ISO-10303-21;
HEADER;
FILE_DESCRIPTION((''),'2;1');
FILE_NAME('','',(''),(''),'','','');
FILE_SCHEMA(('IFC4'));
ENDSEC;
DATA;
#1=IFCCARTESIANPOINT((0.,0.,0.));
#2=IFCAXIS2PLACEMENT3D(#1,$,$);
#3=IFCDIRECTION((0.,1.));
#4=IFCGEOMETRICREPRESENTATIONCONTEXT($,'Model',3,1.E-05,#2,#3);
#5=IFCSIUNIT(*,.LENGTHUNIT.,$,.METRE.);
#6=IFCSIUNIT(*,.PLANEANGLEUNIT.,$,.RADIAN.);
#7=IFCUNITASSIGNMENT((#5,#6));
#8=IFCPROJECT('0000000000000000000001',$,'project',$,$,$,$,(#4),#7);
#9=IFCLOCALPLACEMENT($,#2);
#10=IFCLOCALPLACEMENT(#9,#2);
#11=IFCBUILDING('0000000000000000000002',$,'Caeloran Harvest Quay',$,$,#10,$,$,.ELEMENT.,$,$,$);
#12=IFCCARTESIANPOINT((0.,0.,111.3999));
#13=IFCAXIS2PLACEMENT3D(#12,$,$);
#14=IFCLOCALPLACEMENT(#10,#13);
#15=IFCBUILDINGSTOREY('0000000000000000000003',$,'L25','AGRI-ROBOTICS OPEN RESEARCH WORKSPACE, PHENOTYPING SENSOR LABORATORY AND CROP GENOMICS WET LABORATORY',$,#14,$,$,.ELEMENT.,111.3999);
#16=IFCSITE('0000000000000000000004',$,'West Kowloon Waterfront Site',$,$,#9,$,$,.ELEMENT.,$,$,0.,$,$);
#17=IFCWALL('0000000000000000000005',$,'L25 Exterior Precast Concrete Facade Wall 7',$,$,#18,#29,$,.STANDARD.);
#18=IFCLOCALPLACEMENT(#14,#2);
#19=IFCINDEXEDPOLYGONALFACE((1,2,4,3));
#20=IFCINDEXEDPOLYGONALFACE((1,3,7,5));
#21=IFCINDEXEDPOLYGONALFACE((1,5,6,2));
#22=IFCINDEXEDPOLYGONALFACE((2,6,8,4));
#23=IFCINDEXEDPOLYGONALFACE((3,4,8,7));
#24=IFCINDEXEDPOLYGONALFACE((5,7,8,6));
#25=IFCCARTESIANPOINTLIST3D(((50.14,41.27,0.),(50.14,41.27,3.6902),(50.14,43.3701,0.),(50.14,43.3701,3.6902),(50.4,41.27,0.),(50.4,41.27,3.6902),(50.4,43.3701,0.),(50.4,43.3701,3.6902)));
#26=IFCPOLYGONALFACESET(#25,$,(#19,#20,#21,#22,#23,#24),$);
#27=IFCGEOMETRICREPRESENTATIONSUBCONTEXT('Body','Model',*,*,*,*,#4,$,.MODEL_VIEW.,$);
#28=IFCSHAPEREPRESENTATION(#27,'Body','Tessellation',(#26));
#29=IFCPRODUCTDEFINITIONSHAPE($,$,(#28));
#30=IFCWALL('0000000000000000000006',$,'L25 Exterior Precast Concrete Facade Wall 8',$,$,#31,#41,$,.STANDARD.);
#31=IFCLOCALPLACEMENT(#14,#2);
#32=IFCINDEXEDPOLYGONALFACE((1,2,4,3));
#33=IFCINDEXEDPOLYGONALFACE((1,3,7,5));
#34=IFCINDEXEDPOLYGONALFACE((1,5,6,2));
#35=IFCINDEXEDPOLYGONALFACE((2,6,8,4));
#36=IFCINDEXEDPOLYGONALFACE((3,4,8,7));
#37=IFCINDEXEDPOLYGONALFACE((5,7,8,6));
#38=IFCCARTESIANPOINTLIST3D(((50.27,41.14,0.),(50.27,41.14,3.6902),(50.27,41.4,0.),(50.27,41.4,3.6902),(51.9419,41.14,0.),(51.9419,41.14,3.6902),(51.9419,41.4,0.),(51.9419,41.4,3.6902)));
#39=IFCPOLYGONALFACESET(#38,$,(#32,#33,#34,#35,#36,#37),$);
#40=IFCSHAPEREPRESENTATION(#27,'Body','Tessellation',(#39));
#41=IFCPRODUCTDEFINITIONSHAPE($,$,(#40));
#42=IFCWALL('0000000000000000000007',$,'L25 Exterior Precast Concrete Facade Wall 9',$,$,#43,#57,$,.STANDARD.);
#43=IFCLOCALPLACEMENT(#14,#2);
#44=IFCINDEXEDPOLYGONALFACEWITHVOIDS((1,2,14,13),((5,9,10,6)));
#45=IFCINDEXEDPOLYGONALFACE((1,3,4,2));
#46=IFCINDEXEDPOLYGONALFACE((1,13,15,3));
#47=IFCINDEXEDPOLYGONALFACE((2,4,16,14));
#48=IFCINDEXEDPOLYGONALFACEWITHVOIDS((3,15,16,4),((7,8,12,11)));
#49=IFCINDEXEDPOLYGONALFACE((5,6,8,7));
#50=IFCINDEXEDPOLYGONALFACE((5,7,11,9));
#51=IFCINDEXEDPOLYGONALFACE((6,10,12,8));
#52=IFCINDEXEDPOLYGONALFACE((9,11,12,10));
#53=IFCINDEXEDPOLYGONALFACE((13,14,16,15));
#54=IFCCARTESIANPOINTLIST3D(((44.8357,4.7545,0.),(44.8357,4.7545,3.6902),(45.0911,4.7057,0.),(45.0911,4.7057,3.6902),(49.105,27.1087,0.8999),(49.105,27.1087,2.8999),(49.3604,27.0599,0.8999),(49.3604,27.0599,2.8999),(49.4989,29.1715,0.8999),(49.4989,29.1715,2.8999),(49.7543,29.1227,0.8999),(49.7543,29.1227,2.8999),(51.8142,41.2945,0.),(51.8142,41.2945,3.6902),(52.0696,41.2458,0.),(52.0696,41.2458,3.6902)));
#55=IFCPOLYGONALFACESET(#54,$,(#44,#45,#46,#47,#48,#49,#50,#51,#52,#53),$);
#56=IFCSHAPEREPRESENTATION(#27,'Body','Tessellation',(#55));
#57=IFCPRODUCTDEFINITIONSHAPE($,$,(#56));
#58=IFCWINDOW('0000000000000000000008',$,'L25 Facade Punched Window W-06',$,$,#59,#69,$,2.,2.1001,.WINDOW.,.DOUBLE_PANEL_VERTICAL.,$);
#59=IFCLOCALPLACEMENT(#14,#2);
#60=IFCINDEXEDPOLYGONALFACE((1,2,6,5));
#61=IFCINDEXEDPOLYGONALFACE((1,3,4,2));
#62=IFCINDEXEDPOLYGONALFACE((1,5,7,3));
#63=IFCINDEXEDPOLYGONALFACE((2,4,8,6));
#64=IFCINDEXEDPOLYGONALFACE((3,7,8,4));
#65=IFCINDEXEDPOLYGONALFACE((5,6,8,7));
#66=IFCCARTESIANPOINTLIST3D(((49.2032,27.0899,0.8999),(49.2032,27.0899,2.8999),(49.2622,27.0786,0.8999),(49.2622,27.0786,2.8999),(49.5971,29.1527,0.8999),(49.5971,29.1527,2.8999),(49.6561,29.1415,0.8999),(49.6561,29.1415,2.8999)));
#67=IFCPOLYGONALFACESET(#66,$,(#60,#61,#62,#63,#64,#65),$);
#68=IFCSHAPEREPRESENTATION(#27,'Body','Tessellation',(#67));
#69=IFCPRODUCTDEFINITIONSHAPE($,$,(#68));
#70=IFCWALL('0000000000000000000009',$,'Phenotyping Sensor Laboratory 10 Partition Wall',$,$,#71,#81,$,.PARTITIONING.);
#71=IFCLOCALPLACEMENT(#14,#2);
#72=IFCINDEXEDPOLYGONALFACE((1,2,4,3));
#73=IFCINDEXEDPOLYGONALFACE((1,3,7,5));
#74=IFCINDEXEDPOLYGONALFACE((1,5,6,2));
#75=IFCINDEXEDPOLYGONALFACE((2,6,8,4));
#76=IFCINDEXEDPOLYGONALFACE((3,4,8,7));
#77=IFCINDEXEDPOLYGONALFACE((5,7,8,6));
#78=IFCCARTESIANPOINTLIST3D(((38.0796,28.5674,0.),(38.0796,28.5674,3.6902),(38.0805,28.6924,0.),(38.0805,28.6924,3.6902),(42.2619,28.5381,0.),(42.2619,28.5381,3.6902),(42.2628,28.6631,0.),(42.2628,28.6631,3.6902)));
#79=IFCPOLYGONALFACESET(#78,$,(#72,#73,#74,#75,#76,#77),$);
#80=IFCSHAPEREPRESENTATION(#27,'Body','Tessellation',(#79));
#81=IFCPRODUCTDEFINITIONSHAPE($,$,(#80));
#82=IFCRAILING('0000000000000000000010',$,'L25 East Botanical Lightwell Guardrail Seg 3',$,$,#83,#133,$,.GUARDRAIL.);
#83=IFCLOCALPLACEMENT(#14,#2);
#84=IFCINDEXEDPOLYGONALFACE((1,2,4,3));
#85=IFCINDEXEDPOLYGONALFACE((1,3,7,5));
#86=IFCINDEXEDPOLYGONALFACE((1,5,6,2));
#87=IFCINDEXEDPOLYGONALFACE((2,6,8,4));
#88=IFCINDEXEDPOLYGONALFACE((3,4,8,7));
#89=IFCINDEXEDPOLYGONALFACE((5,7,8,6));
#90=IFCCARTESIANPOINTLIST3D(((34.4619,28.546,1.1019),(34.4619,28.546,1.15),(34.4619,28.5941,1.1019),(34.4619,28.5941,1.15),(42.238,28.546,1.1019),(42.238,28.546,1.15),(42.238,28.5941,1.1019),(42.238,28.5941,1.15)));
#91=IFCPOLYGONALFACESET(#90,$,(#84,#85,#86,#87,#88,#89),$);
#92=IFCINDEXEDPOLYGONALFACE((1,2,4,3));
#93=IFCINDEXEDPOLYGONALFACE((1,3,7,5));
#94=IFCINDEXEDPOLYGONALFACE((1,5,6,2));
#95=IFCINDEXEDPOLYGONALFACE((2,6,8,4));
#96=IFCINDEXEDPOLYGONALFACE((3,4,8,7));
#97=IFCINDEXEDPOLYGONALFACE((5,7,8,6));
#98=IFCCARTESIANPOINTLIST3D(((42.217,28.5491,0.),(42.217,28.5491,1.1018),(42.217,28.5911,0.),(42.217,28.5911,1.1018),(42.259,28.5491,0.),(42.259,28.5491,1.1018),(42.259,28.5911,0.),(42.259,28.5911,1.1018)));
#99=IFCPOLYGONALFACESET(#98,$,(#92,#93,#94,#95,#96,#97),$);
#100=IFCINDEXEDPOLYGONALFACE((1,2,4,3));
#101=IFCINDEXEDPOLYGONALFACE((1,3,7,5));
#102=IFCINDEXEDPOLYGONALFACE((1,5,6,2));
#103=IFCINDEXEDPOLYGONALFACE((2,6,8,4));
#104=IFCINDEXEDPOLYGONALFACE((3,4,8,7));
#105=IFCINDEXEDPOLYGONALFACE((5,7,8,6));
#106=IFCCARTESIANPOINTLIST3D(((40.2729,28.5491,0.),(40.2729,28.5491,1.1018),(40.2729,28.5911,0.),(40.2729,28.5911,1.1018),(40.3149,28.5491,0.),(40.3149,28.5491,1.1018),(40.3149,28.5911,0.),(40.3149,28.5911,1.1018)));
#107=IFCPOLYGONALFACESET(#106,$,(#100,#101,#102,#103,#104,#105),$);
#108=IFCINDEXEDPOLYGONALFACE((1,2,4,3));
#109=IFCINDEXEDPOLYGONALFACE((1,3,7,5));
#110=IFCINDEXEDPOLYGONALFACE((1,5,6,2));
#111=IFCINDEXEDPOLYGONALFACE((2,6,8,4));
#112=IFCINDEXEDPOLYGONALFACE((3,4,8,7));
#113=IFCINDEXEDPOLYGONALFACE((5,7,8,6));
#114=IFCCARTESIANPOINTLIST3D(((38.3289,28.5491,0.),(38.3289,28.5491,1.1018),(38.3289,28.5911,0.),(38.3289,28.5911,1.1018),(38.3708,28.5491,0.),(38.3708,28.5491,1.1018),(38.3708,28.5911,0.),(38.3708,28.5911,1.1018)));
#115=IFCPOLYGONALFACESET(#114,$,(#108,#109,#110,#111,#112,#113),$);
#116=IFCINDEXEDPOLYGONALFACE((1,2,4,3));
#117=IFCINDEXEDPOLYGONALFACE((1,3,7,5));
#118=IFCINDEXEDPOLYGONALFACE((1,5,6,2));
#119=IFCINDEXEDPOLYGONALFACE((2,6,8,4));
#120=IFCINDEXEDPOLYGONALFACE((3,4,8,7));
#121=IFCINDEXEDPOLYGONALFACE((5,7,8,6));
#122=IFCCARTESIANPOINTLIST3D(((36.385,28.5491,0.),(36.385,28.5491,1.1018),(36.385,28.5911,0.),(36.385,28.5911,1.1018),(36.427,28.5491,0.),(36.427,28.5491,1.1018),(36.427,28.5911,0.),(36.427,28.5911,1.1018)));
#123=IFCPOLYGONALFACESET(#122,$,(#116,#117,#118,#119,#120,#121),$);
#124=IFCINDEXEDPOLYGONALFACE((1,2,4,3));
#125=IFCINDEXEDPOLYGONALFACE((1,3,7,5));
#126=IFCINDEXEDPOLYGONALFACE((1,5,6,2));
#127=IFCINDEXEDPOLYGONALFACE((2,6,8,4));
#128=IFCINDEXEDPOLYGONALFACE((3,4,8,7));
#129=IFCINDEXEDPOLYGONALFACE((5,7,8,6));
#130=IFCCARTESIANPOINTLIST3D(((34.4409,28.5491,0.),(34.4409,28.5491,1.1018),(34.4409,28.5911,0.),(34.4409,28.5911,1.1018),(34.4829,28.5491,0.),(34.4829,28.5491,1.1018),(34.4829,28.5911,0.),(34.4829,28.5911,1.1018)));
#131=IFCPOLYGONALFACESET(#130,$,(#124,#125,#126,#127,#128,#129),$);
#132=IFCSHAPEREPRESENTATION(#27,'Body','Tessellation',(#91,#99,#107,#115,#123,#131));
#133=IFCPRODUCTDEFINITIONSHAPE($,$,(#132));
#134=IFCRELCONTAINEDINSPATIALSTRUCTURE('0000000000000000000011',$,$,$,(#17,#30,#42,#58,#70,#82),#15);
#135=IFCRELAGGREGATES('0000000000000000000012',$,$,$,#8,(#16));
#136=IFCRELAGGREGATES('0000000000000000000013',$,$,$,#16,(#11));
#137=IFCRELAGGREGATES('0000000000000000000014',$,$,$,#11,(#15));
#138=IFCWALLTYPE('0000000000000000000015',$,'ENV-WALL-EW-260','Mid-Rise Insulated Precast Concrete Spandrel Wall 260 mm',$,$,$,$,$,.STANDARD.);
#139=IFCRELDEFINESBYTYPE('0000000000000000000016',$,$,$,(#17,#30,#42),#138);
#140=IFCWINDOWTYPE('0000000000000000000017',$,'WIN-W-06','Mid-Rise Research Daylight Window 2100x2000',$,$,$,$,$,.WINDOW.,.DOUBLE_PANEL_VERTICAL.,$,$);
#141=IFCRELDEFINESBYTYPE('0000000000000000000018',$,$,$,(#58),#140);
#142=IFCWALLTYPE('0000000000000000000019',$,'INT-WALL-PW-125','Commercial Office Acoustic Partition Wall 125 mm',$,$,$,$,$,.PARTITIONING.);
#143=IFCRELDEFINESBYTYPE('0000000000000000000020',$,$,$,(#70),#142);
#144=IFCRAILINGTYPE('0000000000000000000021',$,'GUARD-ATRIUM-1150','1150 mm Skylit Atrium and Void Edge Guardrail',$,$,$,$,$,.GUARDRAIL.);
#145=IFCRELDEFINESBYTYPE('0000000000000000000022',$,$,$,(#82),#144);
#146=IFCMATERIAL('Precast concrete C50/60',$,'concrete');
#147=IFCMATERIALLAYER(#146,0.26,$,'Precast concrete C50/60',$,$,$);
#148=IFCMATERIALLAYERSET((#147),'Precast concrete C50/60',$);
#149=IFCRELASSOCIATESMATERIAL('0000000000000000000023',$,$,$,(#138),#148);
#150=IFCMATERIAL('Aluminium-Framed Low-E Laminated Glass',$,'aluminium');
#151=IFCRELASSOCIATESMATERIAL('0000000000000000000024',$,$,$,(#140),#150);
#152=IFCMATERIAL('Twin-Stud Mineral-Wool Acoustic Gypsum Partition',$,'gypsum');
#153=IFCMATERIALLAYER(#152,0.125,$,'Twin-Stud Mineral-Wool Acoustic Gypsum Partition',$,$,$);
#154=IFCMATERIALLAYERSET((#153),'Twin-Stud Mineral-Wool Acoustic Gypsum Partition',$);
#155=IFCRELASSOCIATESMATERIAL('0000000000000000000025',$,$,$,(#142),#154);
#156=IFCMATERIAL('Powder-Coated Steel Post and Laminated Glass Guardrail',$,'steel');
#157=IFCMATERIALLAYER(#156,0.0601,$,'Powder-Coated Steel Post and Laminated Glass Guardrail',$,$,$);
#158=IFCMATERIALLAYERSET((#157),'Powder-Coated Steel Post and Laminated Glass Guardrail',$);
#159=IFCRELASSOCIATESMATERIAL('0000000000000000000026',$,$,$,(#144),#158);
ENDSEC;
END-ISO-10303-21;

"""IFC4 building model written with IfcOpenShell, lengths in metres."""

from ifc_helpers import new_model, si_unit, direction, frame, frame_2d, origin, origin_2d, place, context, subcontext, project, spatial, rectangle, extrude, material, layer, layer_set, type_object, element, fill, save


model = new_model("IFC4")

# Units and contexts
model_context = context("Model", 3, precision=1e-05, world=origin(), true_north=direction((0.0, 1.0)))
body_context = subcontext(model_context, "Body", "Model", "MODEL_VIEW")
ifc_project = project(units=[si_unit("LENGTHUNIT", "METRE"), si_unit("PLANEANGLEUNIT", "RADIAN")], contexts=[model_context])

# Site, building, storey
site_placement = place(None, origin())
site = spatial("IfcSite", under=ifc_project, at=site_placement, Name="West Kowloon Waterfront Site", CompositionType="ELEMENT", RefElevation=0.0)
building_placement = place(site_placement, origin())
building = spatial("IfcBuilding", under=site, at=building_placement, Name="Caeloran Harvest Quay", CompositionType="ELEMENT")
storey_placement = place(building_placement, frame((0.0, 0.0, 111.3999)))
storey = spatial("IfcBuildingStorey", under=building, at=storey_placement, Name="L25", Description="AGRI-ROBOTICS OPEN RESEARCH WORKSPACE, PHENOTYPING SENSOR LABORATORY AND CROP GENOMICS WET LABORATORY", CompositionType="ELEMENT", Elevation=111.3999)

# Walls
ifc_material_1 = material(Name="Precast concrete C50/60", Category="concrete")
ifc_layer_1 = layer(ifc_material_1, 0.26, Name="Precast concrete C50/60")
ifc_layer_set_1 = layer_set([ifc_layer_1], Name="Precast concrete C50/60")
wall_type_1 = type_object("IfcWallType", Name="ENV-WALL-EW-260", Description="Mid-Rise Insulated Precast Concrete Spandrel Wall 260 mm", PredefinedType="STANDARD", material=ifc_layer_set_1)
wall_1_placement = place(storey_placement, frame((50.27, 43.3701, 0.0), z_axis=(0.0, 0.0, 1.0), x_axis=(0.0, -1.0, 0.0)))
element("IfcWall", 1, at=wall_1_placement, inside=storey, type_object=wall_type_1, Name="L25 Exterior Precast Concrete Facade Wall 7", PredefinedType="STANDARD", context=body_context, shape_type="SweptSolid", body=[
    extrude(rectangle(XDim=2.1001, YDim=0.26, at=frame_2d((1.05, 0.0))), origin(), (0.0, 0.0, 1.0), 3.6902),
])
wall_2_placement = place(storey_placement, frame((50.27, 41.27, 0.0), z_axis=(0.0, 0.0, 1.0), x_axis=(1.0, 0.0, 0.0)))
element("IfcWall", 2, at=wall_2_placement, inside=storey, type_object=wall_type_1, Name="L25 Exterior Precast Concrete Facade Wall 8", PredefinedType="STANDARD", context=body_context, shape_type="SweptSolid", body=[
    extrude(rectangle(XDim=1.6719, YDim=0.26, at=frame_2d((0.8359, 0.0))), origin(), (0.0, 0.0, 1.0), 3.6902),
])

# Wall, opening, window
wall_3_placement = place(storey_placement, frame((51.9419, 41.27, 0.0), z_axis=(0.0, 0.0, 1.0), x_axis=(-0.187592, -0.982247, 0.0)))
wall_3 = element("IfcWall", 3, at=wall_3_placement, inside=storey, type_object=wall_type_1, Name="L25 Exterior Precast Concrete Facade Wall 9", PredefinedType="STANDARD", context=body_context, shape_type="SweptSolid", body=[
    extrude(rectangle(XDim=37.2004, YDim=0.26, at=frame_2d((18.6001, 0.0))), origin(), (0.0, 0.0, 1.0), 3.6902),
])
opening_placement = place(wall_3_placement, frame((12.342, 0.0, 0.8999)))
opening = element("IfcOpeningElement", 4, at=opening_placement, cuts=wall_3, PredefinedType="OPENING", context=body_context, shape_type="SweptSolid", body=[
    extrude(rectangle(XDim=2.1001, YDim=2.0, at=frame_2d((1.05, 1.0))), frame((0.0, 0.1401, 0.0), z_axis=(0.0, -1.0, 0.0), x_axis=(1.0, 0.0, 0.0)), (0.0, 0.0, 1.0), 0.28),
])
ifc_material_2 = material(Name="Aluminium-Framed Low-E Laminated Glass", Category="aluminium")
window_type = type_object("IfcWindowType", Name="WIN-W-06", Description="Mid-Rise Research Daylight Window 2100x2000", PartitioningType="DOUBLE_PANEL_VERTICAL", PredefinedType="WINDOW", material=ifc_material_2)
window_placement = place(opening_placement, origin())
window = element("IfcWindow", 5, at=window_placement, inside=storey, type_object=window_type, Name="L25 Facade Punched Window W-06", OverallHeight=2.0, OverallWidth=2.1001, PartitioningType="DOUBLE_PANEL_VERTICAL", PredefinedType="WINDOW", context=body_context, shape_type="SweptSolid", body=[
    extrude(rectangle(XDim=2.1001, YDim=2.0, at=frame_2d((1.05, 1.0))), frame((0.0, 0.03, 0.0), z_axis=(0.0, -1.0, 0.0), x_axis=(1.0, 0.0, 0.0)), (0.0, 0.0, 1.0), 0.0601),
])
fill(opening, window)

# Wall
ifc_material_3 = material(Name="Twin-Stud Mineral-Wool Acoustic Gypsum Partition", Category="gypsum")
ifc_layer_2 = layer(ifc_material_3, 0.125, Name="Twin-Stud Mineral-Wool Acoustic Gypsum Partition")
ifc_layer_set_2 = layer_set([ifc_layer_2], Name="Twin-Stud Mineral-Wool Acoustic Gypsum Partition")
wall_type_2 = type_object("IfcWallType", Name="INT-WALL-PW-125", Description="Commercial Office Acoustic Partition Wall 125 mm", PredefinedType="PARTITIONING", material=ifc_layer_set_2)
wall_4_placement = place(storey_placement, frame((42.2625, 28.6006, 0.0), z_axis=(0.0, 0.0, 1.0), x_axis=(-0.999975, 0.007005, 0.0)))
element("IfcWall", 6, at=wall_4_placement, inside=storey, type_object=wall_type_2, Name="Phenotyping Sensor Laboratory 10 Partition Wall", PredefinedType="PARTITIONING", context=body_context, shape_type="SweptSolid", body=[
    extrude(rectangle(XDim=4.1824, YDim=0.125, at=frame_2d((2.0913, 0.0))), origin(), (0.0, 0.0, 1.0), 3.6902),
])

# Railing
ifc_material_4 = material(Name="Powder-Coated Steel Post and Laminated Glass Guardrail", Category="steel")
ifc_layer_3 = layer(ifc_material_4, 0.0601, Name="Powder-Coated Steel Post and Laminated Glass Guardrail")
ifc_layer_set_3 = layer_set([ifc_layer_3], Name="Powder-Coated Steel Post and Laminated Glass Guardrail")
railing_type = type_object("IfcRailingType", Name="GUARD-ATRIUM-1150", Description="1150 mm Skylit Atrium and Void Edge Guardrail", PredefinedType="GUARDRAIL", material=ifc_layer_set_3)
railing_placement = place(storey_placement, frame((42.238, 28.5701, 0.0)))
element("IfcRailing", 7, at=railing_placement, inside=storey, type_object=railing_type, Name="L25 East Botanical Lightwell Guardrail Seg 3", PredefinedType="GUARDRAIL", context=body_context, shape_type="SweptSolid", body=[
    extrude(rectangle(XDim=0.0481, YDim=0.0481, at=origin_2d()), frame((0.0, 0.0, 1.126), z_axis=(-1.0, 0.0, 0.0), x_axis=(0.0, -1.0, 0.0)), (0.0, 0.0, 1.0), 7.7761),
    extrude(rectangle(XDim=0.042, YDim=0.042, at=origin_2d()), origin(), (0.0, 0.0, 1.0), 1.1018),
    extrude(rectangle(XDim=0.042, YDim=0.042, at=origin_2d()), frame((-1.9441, 0.0, 0.0)), (0.0, 0.0, 1.0), 1.1018),
    extrude(rectangle(XDim=0.042, YDim=0.042, at=origin_2d()), frame((-3.8882, 0.0, 0.0)), (0.0, 0.0, 1.0), 1.1018),
    extrude(rectangle(XDim=0.042, YDim=0.042, at=origin_2d()), frame((-5.832, 0.0, 0.0)), (0.0, 0.0, 1.0), 1.1018),
    extrude(rectangle(XDim=0.042, YDim=0.042, at=origin_2d()), frame((-7.7761, 0.0, 0.0)), (0.0, 0.0, 1.0), 1.1018),
])

save(model, "model.ifc")
